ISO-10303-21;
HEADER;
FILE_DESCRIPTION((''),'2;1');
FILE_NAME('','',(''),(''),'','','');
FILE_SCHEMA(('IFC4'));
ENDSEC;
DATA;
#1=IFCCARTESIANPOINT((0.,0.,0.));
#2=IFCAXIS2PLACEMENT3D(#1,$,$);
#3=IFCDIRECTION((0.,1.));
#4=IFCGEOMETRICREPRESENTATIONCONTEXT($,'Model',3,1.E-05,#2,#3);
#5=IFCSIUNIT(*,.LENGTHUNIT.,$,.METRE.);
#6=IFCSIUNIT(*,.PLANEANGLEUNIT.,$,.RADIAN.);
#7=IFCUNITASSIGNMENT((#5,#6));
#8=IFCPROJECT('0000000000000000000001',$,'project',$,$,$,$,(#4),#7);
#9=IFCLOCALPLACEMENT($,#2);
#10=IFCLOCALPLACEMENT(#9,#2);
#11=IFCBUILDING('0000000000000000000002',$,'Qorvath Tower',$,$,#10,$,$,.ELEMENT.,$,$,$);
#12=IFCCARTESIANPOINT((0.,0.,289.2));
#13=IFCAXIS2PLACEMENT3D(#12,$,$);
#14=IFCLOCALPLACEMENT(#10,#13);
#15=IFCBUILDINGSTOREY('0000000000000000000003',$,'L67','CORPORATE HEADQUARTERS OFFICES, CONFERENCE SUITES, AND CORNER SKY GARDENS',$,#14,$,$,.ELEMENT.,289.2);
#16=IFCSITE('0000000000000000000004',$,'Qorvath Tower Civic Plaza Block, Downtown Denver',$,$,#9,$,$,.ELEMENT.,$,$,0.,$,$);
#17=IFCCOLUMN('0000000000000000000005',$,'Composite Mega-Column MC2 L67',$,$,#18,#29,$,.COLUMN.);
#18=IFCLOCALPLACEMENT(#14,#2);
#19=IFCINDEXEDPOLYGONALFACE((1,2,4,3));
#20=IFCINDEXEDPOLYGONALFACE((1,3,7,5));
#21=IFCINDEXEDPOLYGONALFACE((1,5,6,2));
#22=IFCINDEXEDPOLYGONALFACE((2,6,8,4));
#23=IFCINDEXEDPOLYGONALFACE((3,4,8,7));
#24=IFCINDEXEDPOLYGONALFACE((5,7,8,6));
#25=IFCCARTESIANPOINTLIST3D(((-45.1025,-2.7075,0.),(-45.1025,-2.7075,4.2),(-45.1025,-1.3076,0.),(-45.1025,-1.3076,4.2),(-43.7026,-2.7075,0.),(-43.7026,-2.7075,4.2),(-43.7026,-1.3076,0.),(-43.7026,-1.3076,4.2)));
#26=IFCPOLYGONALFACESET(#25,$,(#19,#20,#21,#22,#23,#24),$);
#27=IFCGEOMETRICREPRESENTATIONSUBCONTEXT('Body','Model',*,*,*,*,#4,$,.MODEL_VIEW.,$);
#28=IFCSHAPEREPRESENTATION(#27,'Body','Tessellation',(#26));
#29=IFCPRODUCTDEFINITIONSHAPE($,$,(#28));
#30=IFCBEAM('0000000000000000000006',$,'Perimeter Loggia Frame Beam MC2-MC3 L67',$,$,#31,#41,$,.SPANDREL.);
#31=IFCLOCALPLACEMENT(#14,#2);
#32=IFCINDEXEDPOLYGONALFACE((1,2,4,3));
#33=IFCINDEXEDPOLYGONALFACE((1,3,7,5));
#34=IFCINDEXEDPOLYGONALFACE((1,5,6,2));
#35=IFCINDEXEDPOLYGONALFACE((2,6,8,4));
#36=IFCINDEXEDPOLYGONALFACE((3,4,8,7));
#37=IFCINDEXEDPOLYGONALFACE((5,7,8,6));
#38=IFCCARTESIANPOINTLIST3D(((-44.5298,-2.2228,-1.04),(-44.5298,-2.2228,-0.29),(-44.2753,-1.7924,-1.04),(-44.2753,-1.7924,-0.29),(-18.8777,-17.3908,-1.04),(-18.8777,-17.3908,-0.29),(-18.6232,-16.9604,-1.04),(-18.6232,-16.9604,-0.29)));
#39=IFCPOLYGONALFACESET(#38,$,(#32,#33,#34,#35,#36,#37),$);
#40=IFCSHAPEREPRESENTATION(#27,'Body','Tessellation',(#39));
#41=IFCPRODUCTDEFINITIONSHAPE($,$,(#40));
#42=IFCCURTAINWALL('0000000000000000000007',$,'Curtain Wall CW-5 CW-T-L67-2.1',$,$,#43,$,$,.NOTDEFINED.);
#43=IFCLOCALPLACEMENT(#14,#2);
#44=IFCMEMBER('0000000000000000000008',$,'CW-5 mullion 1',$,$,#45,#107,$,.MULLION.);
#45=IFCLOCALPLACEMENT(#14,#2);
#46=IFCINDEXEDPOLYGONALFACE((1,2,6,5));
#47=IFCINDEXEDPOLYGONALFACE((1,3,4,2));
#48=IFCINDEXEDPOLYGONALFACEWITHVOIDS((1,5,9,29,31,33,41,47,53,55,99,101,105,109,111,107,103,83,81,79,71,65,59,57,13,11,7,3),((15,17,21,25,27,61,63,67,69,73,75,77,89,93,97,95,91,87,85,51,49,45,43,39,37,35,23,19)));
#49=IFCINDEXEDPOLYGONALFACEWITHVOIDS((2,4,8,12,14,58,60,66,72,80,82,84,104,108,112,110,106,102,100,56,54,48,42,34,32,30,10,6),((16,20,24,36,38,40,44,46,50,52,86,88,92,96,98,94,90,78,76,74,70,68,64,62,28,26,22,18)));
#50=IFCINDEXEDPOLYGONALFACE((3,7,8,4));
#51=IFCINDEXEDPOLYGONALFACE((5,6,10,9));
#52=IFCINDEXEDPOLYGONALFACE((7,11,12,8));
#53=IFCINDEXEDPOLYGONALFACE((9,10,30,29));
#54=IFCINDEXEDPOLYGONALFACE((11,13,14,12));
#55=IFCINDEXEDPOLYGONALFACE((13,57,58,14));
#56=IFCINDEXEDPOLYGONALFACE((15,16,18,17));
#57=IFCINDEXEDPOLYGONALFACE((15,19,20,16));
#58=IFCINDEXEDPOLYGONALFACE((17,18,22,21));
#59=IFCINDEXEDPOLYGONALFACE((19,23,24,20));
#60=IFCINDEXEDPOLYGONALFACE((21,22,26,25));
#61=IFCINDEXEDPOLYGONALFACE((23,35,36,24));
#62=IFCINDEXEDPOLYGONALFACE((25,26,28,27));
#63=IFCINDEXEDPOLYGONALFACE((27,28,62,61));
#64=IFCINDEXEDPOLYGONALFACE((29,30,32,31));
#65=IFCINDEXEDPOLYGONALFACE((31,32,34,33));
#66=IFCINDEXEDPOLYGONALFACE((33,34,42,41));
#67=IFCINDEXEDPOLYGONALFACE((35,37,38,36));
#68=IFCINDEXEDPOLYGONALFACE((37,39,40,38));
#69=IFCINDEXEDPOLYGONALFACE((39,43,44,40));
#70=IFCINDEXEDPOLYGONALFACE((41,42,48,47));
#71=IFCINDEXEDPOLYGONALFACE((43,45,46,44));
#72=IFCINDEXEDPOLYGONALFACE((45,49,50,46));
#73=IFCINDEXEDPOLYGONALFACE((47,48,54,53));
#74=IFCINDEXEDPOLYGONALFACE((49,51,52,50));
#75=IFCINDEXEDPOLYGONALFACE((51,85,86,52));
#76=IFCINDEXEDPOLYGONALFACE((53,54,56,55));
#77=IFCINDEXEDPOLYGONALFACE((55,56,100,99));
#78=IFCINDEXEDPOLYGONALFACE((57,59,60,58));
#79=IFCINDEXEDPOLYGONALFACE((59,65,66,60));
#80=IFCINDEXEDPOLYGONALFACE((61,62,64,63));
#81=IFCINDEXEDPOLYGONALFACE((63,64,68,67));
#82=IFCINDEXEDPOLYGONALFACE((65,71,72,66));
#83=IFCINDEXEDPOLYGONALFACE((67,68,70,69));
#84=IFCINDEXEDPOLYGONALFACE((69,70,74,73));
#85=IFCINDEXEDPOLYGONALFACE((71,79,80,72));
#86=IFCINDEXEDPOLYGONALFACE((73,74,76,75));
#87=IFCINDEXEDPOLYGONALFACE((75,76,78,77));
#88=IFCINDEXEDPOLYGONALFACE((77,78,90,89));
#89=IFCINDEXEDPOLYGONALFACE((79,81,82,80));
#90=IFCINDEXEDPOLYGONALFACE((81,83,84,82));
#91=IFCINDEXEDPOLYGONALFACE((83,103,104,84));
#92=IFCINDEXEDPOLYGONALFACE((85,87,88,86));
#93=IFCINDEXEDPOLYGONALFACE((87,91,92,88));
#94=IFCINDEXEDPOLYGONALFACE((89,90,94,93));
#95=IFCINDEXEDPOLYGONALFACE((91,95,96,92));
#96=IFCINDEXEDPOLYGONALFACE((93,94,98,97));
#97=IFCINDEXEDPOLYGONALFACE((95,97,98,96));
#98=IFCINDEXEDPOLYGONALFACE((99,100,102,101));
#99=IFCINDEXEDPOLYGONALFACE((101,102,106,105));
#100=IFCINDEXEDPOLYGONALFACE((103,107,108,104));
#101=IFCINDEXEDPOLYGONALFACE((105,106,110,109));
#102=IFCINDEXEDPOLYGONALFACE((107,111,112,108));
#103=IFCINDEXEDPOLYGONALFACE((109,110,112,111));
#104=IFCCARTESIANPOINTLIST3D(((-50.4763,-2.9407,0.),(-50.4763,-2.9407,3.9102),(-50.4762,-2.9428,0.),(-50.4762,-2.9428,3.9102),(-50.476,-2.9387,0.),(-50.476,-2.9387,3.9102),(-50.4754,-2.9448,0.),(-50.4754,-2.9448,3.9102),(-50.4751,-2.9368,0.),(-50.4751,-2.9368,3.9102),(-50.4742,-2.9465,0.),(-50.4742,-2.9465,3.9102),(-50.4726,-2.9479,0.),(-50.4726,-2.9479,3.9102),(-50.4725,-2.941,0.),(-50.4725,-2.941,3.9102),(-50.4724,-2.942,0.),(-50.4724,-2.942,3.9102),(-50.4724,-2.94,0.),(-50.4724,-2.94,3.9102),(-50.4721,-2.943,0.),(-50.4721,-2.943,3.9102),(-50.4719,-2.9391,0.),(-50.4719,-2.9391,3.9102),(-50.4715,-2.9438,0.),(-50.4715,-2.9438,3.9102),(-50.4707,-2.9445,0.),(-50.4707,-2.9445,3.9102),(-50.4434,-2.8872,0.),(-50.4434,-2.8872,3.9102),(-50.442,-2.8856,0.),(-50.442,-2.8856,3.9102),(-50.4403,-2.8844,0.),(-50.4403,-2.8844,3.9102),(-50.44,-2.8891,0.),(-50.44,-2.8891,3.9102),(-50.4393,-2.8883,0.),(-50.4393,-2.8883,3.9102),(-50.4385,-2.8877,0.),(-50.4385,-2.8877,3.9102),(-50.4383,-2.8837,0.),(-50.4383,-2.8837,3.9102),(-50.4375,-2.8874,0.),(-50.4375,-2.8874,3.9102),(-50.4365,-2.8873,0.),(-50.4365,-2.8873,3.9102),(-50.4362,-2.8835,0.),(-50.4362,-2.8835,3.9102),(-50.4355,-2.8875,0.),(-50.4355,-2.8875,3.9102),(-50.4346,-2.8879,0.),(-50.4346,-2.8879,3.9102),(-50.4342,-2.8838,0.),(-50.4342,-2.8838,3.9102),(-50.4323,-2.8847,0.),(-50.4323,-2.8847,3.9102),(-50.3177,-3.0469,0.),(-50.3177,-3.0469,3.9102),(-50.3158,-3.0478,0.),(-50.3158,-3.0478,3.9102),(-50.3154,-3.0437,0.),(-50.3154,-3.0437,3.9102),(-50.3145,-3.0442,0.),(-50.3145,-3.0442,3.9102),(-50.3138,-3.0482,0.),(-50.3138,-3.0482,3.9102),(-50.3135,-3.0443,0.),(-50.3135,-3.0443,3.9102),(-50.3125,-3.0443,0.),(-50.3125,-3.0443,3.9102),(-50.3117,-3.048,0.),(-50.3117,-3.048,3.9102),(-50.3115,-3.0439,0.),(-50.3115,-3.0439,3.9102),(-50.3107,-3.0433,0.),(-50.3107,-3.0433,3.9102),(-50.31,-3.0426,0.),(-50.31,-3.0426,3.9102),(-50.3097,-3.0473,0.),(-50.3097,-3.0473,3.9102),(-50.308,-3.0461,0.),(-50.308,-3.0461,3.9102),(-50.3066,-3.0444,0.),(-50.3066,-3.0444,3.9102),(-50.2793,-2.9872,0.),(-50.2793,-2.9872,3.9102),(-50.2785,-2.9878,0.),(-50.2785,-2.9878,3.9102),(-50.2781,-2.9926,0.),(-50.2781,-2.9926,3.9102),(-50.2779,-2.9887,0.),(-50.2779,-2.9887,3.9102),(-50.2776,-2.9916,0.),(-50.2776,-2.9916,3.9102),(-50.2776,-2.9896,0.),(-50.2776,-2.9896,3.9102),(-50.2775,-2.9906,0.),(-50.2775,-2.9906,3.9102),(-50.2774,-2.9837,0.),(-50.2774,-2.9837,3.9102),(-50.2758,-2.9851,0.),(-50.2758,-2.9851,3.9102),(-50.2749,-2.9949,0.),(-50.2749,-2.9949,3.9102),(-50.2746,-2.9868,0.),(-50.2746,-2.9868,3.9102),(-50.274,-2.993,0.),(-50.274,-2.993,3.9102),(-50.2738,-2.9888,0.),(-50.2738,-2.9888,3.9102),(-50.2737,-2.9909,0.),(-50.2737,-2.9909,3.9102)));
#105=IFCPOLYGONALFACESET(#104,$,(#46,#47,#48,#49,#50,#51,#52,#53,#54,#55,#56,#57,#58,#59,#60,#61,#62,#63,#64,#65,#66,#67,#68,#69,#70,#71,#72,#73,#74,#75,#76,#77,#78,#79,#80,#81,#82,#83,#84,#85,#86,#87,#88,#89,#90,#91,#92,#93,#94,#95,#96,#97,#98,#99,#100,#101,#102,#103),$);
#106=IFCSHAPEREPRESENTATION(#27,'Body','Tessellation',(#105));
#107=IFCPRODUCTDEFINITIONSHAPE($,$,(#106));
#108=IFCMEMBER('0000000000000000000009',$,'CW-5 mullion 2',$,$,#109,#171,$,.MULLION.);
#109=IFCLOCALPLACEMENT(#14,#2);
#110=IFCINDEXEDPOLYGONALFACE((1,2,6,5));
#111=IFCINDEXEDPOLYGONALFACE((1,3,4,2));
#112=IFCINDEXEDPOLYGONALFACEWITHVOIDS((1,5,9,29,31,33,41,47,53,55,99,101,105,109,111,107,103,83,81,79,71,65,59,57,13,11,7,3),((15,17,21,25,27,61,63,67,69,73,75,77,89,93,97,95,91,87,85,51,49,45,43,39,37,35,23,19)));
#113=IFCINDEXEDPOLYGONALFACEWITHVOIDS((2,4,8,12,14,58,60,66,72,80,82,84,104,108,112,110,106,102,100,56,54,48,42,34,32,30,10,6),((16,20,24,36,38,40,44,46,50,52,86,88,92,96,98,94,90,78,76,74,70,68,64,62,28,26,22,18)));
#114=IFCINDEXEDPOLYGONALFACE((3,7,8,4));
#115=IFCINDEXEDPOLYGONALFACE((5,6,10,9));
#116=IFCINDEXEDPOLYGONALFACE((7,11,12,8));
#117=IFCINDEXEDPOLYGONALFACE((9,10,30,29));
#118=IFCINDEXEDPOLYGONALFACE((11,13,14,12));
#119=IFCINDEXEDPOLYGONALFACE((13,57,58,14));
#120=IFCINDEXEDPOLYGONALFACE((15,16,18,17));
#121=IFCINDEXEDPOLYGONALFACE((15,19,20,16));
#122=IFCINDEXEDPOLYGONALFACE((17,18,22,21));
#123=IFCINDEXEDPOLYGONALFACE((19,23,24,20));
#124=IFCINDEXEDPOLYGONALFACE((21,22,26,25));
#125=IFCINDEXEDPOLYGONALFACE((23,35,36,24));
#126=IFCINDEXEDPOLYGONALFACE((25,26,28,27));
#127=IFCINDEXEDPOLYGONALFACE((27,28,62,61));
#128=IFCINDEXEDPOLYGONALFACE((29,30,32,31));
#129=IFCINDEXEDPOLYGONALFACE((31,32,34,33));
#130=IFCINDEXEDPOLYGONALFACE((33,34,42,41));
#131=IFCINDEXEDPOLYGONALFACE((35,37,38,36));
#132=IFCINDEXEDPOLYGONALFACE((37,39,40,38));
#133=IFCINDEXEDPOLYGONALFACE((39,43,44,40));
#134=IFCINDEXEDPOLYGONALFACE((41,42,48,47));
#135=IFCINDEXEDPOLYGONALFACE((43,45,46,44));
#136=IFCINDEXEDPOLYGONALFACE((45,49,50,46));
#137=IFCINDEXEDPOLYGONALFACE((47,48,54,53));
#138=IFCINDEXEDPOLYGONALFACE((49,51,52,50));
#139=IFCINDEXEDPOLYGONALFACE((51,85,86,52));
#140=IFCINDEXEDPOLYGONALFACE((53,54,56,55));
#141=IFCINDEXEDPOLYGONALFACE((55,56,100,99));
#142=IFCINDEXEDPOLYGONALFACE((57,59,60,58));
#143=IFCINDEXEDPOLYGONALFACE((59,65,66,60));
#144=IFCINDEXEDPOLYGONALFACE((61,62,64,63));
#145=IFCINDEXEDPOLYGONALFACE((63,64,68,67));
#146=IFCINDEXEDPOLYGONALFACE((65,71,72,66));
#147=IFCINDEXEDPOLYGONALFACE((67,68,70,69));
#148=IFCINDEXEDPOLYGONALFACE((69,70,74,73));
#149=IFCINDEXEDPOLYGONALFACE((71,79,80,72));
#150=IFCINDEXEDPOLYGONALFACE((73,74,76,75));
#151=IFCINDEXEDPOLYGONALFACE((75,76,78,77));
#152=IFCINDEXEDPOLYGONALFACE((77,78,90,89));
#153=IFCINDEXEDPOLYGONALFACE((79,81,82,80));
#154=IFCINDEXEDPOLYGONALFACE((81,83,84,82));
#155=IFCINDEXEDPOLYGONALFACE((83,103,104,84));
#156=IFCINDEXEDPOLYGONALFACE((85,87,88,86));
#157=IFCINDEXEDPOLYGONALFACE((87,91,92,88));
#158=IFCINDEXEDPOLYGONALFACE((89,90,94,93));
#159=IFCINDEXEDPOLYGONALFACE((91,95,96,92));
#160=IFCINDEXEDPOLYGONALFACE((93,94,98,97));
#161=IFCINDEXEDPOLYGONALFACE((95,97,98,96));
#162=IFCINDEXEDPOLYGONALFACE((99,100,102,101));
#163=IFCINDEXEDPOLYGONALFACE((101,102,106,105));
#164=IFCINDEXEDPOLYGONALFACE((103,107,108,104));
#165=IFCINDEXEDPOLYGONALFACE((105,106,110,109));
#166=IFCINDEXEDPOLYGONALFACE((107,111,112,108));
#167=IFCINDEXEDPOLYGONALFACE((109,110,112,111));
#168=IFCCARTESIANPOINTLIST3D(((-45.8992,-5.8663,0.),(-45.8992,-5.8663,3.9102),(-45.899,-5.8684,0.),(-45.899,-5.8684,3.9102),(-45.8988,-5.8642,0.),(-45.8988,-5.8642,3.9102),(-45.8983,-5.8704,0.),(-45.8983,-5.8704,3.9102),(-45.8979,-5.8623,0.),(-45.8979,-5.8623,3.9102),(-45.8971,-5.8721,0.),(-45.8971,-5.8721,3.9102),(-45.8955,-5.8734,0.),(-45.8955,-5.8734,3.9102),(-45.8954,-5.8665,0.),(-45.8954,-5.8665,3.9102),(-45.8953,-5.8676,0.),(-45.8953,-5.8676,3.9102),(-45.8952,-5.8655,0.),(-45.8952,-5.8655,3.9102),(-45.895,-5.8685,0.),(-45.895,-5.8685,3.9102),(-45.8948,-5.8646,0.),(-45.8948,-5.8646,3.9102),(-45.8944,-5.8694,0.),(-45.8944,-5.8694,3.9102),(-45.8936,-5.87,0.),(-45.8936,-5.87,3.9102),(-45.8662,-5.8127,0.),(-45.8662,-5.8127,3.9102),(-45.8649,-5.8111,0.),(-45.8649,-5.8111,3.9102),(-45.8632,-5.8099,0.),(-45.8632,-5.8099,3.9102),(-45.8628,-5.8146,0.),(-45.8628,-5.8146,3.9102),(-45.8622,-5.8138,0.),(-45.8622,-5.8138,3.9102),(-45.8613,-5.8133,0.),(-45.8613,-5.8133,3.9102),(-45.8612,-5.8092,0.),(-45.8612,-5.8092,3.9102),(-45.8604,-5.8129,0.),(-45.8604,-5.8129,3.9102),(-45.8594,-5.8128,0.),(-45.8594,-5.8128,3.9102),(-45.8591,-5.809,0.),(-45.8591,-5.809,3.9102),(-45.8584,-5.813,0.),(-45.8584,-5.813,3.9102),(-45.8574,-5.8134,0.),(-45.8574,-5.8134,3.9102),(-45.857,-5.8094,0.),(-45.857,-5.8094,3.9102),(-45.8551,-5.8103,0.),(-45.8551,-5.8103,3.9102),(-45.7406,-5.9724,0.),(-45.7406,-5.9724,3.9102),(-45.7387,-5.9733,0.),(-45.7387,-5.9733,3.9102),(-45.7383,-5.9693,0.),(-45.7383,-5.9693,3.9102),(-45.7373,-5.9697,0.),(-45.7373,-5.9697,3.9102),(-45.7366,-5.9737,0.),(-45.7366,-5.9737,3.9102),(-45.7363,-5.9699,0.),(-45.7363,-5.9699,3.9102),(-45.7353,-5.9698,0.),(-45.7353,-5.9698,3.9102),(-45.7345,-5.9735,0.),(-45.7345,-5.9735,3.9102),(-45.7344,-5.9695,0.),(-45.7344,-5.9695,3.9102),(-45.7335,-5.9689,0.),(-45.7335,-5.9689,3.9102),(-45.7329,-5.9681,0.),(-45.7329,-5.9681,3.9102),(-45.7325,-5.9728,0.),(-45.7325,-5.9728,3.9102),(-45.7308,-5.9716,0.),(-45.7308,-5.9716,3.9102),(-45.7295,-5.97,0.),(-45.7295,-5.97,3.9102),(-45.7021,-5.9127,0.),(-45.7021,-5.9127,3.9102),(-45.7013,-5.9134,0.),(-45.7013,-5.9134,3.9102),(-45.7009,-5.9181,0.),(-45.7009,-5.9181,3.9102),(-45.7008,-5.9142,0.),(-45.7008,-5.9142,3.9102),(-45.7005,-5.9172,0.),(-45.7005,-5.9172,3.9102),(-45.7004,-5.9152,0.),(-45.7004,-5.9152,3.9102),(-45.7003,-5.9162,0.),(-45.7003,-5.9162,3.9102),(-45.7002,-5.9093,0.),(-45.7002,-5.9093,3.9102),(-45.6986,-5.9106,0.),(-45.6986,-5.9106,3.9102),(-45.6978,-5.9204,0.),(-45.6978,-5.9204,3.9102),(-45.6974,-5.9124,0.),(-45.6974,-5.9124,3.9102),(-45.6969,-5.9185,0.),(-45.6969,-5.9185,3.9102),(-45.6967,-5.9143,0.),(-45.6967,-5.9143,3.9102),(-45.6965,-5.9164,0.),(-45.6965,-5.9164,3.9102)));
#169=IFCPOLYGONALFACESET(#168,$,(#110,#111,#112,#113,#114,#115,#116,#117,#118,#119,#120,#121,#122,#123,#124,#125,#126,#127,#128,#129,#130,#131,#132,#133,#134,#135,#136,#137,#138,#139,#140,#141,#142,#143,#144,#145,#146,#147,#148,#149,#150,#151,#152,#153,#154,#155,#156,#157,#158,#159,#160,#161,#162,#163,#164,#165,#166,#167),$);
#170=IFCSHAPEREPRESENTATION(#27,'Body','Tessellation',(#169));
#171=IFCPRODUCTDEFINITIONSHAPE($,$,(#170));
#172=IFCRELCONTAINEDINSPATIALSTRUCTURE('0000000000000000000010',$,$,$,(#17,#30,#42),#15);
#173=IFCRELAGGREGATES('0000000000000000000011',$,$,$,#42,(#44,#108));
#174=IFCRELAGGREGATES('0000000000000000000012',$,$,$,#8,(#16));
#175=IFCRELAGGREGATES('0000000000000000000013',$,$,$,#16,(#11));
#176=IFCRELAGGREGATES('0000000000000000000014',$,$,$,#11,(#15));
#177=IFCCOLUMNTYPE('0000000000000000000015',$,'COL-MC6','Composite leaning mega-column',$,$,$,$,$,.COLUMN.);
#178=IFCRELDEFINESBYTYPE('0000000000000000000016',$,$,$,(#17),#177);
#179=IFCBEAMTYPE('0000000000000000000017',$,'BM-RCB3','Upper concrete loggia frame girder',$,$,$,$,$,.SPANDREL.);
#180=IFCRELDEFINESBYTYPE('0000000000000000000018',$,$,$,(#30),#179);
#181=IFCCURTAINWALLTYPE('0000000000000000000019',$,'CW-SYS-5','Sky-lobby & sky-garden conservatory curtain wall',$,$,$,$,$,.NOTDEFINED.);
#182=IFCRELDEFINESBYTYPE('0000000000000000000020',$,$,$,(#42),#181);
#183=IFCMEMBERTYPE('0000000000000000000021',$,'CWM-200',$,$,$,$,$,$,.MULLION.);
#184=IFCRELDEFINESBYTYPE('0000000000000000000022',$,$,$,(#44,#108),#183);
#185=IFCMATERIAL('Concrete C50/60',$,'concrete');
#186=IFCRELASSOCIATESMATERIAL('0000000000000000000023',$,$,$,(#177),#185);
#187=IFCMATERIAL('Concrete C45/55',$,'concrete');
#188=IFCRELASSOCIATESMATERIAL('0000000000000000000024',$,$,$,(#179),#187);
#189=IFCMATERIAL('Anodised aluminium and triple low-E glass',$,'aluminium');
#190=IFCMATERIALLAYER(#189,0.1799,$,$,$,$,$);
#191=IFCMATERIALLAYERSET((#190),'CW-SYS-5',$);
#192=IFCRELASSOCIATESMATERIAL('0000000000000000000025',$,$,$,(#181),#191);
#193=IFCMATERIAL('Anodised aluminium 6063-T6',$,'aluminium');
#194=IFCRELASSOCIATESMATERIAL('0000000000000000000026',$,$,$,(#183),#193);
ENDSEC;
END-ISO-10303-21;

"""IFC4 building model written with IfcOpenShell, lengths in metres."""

from ifc_helpers import new_model, si_unit, direction, frame, origin, origin_2d, place, context, subcontext, project, spatial, rectangle, hollow_rectangle, extrude, material, layer, layer_set, material_profile, profile_set, type_object, element, aggregate, save


model = new_model("IFC4")

# Units and contexts
model_context = context("Model", 3, precision=1e-05, world=origin(), true_north=direction((0.0, 1.0)))
body_context = subcontext(model_context, "Body", "Model", "MODEL_VIEW")
ifc_project = project(units=[si_unit("LENGTHUNIT", "METRE"), si_unit("PLANEANGLEUNIT", "RADIAN")], contexts=[model_context])

# Site, building, storey
site_placement = place(None, origin())
site = spatial("IfcSite", under=ifc_project, at=site_placement, Name="Qorvath Tower Civic Plaza Block, Downtown Denver", CompositionType="ELEMENT", RefElevation=0.0)
building_placement = place(site_placement, origin())
building = spatial("IfcBuilding", under=site, at=building_placement, Name="Qorvath Tower", CompositionType="ELEMENT")
storey_placement = place(building_placement, frame((0.0, 0.0, 289.2)))
storey = spatial("IfcBuildingStorey", under=building, at=storey_placement, Name="L67", Description="CORPORATE HEADQUARTERS OFFICES, CONFERENCE SUITES, AND CORNER SKY GARDENS", CompositionType="ELEMENT", Elevation=289.2)

# Column
ifc_material_1 = material(Name="Concrete C50/60", Category="concrete")
ifc_material_profile_1 = material_profile(ifc_material_1, rectangle(XDim=1.3999, YDim=1.3999, at=origin_2d()), Name="MC 1400x1400")
ifc_profile_set_1 = profile_set([ifc_material_profile_1], Name="Concrete C50/60")
column_type = type_object("IfcColumnType", Name="COL-MC6", Description="Composite leaning mega-column", PredefinedType="COLUMN", material=ifc_profile_set_1)
column_placement = place(storey_placement, frame((-44.4026, -2.0076, 0.0), z_axis=(0.0, 0.0, 1.0), x_axis=(1.0, 0.0, 0.0)))
element("IfcColumn", 1, at=column_placement, inside=storey, type_object=column_type, Name="Composite Mega-Column MC2 L67", PredefinedType="COLUMN", context=body_context, shape_type="SweptSolid", body=[
    extrude(rectangle(XDim=1.3999, YDim=1.3999, at=origin_2d()), origin(), (0.0, 0.0, 1.0), 4.2),
])

# Beam
ifc_material_2 = material(Name="Concrete C45/55", Category="concrete")
ifc_material_profile_2 = material_profile(ifc_material_2, rectangle(XDim=0.5, YDim=0.75, at=origin_2d()), Name="RCB 750x500")
ifc_profile_set_2 = profile_set([ifc_material_profile_2], Name="Concrete C45/55")
beam_type = type_object("IfcBeamType", Name="BM-RCB3", Description="Upper concrete loggia frame girder", PredefinedType="SPANDREL", material=ifc_profile_set_2)
beam_placement = place(storey_placement, frame((-44.4026, -2.0076, -0.665), z_axis=(0.860781, -0.508976, 0.0), x_axis=(0.508976, 0.860781, 0.0)))
element("IfcBeam", 2, at=beam_placement, inside=storey, type_object=beam_type, Name="Perimeter Loggia Frame Beam MC2-MC3 L67", PredefinedType="SPANDREL", context=body_context, shape_type="SweptSolid", body=[
    extrude(rectangle(XDim=0.5, YDim=0.75, at=origin_2d()), origin(), (0.0, 0.0, 1.0), 29.801),
])

# Curtain wall, members
ifc_material_3 = material(Name="Anodised aluminium and triple low-E glass", Category="aluminium")
ifc_layer_1 = layer(ifc_material_3, 0.1799)
ifc_layer_set_1 = layer_set([ifc_layer_1], Name="CW-SYS-5")
curtain_wall_type = type_object("IfcCurtainWallType", Name="CW-SYS-5", Description="Sky-lobby & sky-garden conservatory curtain wall", PredefinedType="NOTDEFINED", material=ifc_layer_set_1)
curtain_wall_placement = place(storey_placement, origin())
curtain_wall = element("IfcCurtainWall", 3, at=curtain_wall_placement, inside=storey, type_object=curtain_wall_type, Name="Curtain Wall CW-5 CW-T-L67-2.1", PredefinedType="NOTDEFINED")
ifc_material_4 = material(Name="Anodised aluminium 6063-T6", Category="aluminium")
ifc_material_profile_3 = material_profile(ifc_material_4, hollow_rectangle(XDim=0.075, YDim=0.2, WallThickness=0.0039, InnerFilletRadius=0.0039, OuterFilletRadius=0.0081, at=origin_2d()), Name="CWM 200x75")
ifc_profile_set_3 = profile_set([ifc_material_profile_3], Name="Anodised aluminium 6063-T6")
member_type_1 = type_object("IfcMemberType", Name="CWM-200", PredefinedType="MULLION", material=ifc_profile_set_3)
member_1_placement = place(storey_placement, frame((-50.375, -2.9658, 0.0), z_axis=(0.0, 0.0, 1.0), x_axis=(0.538537, 0.842602, 0.0)))
member_1 = element("IfcMember", 4, at=member_1_placement, type_object=member_type_1, Name="CW-5 mullion 1", PredefinedType="MULLION", context=body_context, shape_type="SweptSolid", body=[
    extrude(hollow_rectangle(XDim=0.075, YDim=0.2, WallThickness=0.0039, InnerFilletRadius=0.0039, OuterFilletRadius=0.0081, at=origin_2d()), origin(), (0.0, 0.0, 1.0), 3.9102),
])
member_2_placement = place(storey_placement, frame((-45.7979, -5.8914, 0.0), z_axis=(0.0, 0.0, 1.0), x_axis=(0.538537, 0.842602, 0.0)))
member_2 = element("IfcMember", 5, at=member_2_placement, type_object=member_type_1, Name="CW-5 mullion 2", PredefinedType="MULLION", context=body_context, shape_type="SweptSolid", body=[
    extrude(hollow_rectangle(XDim=0.075, YDim=0.2, WallThickness=0.0039, InnerFilletRadius=0.0039, OuterFilletRadius=0.0081, at=origin_2d()), origin(), (0.0, 0.0, 1.0), 3.9102),
])

aggregate(curtain_wall, [member_1, member_2])

save(model, "model.ifc")
